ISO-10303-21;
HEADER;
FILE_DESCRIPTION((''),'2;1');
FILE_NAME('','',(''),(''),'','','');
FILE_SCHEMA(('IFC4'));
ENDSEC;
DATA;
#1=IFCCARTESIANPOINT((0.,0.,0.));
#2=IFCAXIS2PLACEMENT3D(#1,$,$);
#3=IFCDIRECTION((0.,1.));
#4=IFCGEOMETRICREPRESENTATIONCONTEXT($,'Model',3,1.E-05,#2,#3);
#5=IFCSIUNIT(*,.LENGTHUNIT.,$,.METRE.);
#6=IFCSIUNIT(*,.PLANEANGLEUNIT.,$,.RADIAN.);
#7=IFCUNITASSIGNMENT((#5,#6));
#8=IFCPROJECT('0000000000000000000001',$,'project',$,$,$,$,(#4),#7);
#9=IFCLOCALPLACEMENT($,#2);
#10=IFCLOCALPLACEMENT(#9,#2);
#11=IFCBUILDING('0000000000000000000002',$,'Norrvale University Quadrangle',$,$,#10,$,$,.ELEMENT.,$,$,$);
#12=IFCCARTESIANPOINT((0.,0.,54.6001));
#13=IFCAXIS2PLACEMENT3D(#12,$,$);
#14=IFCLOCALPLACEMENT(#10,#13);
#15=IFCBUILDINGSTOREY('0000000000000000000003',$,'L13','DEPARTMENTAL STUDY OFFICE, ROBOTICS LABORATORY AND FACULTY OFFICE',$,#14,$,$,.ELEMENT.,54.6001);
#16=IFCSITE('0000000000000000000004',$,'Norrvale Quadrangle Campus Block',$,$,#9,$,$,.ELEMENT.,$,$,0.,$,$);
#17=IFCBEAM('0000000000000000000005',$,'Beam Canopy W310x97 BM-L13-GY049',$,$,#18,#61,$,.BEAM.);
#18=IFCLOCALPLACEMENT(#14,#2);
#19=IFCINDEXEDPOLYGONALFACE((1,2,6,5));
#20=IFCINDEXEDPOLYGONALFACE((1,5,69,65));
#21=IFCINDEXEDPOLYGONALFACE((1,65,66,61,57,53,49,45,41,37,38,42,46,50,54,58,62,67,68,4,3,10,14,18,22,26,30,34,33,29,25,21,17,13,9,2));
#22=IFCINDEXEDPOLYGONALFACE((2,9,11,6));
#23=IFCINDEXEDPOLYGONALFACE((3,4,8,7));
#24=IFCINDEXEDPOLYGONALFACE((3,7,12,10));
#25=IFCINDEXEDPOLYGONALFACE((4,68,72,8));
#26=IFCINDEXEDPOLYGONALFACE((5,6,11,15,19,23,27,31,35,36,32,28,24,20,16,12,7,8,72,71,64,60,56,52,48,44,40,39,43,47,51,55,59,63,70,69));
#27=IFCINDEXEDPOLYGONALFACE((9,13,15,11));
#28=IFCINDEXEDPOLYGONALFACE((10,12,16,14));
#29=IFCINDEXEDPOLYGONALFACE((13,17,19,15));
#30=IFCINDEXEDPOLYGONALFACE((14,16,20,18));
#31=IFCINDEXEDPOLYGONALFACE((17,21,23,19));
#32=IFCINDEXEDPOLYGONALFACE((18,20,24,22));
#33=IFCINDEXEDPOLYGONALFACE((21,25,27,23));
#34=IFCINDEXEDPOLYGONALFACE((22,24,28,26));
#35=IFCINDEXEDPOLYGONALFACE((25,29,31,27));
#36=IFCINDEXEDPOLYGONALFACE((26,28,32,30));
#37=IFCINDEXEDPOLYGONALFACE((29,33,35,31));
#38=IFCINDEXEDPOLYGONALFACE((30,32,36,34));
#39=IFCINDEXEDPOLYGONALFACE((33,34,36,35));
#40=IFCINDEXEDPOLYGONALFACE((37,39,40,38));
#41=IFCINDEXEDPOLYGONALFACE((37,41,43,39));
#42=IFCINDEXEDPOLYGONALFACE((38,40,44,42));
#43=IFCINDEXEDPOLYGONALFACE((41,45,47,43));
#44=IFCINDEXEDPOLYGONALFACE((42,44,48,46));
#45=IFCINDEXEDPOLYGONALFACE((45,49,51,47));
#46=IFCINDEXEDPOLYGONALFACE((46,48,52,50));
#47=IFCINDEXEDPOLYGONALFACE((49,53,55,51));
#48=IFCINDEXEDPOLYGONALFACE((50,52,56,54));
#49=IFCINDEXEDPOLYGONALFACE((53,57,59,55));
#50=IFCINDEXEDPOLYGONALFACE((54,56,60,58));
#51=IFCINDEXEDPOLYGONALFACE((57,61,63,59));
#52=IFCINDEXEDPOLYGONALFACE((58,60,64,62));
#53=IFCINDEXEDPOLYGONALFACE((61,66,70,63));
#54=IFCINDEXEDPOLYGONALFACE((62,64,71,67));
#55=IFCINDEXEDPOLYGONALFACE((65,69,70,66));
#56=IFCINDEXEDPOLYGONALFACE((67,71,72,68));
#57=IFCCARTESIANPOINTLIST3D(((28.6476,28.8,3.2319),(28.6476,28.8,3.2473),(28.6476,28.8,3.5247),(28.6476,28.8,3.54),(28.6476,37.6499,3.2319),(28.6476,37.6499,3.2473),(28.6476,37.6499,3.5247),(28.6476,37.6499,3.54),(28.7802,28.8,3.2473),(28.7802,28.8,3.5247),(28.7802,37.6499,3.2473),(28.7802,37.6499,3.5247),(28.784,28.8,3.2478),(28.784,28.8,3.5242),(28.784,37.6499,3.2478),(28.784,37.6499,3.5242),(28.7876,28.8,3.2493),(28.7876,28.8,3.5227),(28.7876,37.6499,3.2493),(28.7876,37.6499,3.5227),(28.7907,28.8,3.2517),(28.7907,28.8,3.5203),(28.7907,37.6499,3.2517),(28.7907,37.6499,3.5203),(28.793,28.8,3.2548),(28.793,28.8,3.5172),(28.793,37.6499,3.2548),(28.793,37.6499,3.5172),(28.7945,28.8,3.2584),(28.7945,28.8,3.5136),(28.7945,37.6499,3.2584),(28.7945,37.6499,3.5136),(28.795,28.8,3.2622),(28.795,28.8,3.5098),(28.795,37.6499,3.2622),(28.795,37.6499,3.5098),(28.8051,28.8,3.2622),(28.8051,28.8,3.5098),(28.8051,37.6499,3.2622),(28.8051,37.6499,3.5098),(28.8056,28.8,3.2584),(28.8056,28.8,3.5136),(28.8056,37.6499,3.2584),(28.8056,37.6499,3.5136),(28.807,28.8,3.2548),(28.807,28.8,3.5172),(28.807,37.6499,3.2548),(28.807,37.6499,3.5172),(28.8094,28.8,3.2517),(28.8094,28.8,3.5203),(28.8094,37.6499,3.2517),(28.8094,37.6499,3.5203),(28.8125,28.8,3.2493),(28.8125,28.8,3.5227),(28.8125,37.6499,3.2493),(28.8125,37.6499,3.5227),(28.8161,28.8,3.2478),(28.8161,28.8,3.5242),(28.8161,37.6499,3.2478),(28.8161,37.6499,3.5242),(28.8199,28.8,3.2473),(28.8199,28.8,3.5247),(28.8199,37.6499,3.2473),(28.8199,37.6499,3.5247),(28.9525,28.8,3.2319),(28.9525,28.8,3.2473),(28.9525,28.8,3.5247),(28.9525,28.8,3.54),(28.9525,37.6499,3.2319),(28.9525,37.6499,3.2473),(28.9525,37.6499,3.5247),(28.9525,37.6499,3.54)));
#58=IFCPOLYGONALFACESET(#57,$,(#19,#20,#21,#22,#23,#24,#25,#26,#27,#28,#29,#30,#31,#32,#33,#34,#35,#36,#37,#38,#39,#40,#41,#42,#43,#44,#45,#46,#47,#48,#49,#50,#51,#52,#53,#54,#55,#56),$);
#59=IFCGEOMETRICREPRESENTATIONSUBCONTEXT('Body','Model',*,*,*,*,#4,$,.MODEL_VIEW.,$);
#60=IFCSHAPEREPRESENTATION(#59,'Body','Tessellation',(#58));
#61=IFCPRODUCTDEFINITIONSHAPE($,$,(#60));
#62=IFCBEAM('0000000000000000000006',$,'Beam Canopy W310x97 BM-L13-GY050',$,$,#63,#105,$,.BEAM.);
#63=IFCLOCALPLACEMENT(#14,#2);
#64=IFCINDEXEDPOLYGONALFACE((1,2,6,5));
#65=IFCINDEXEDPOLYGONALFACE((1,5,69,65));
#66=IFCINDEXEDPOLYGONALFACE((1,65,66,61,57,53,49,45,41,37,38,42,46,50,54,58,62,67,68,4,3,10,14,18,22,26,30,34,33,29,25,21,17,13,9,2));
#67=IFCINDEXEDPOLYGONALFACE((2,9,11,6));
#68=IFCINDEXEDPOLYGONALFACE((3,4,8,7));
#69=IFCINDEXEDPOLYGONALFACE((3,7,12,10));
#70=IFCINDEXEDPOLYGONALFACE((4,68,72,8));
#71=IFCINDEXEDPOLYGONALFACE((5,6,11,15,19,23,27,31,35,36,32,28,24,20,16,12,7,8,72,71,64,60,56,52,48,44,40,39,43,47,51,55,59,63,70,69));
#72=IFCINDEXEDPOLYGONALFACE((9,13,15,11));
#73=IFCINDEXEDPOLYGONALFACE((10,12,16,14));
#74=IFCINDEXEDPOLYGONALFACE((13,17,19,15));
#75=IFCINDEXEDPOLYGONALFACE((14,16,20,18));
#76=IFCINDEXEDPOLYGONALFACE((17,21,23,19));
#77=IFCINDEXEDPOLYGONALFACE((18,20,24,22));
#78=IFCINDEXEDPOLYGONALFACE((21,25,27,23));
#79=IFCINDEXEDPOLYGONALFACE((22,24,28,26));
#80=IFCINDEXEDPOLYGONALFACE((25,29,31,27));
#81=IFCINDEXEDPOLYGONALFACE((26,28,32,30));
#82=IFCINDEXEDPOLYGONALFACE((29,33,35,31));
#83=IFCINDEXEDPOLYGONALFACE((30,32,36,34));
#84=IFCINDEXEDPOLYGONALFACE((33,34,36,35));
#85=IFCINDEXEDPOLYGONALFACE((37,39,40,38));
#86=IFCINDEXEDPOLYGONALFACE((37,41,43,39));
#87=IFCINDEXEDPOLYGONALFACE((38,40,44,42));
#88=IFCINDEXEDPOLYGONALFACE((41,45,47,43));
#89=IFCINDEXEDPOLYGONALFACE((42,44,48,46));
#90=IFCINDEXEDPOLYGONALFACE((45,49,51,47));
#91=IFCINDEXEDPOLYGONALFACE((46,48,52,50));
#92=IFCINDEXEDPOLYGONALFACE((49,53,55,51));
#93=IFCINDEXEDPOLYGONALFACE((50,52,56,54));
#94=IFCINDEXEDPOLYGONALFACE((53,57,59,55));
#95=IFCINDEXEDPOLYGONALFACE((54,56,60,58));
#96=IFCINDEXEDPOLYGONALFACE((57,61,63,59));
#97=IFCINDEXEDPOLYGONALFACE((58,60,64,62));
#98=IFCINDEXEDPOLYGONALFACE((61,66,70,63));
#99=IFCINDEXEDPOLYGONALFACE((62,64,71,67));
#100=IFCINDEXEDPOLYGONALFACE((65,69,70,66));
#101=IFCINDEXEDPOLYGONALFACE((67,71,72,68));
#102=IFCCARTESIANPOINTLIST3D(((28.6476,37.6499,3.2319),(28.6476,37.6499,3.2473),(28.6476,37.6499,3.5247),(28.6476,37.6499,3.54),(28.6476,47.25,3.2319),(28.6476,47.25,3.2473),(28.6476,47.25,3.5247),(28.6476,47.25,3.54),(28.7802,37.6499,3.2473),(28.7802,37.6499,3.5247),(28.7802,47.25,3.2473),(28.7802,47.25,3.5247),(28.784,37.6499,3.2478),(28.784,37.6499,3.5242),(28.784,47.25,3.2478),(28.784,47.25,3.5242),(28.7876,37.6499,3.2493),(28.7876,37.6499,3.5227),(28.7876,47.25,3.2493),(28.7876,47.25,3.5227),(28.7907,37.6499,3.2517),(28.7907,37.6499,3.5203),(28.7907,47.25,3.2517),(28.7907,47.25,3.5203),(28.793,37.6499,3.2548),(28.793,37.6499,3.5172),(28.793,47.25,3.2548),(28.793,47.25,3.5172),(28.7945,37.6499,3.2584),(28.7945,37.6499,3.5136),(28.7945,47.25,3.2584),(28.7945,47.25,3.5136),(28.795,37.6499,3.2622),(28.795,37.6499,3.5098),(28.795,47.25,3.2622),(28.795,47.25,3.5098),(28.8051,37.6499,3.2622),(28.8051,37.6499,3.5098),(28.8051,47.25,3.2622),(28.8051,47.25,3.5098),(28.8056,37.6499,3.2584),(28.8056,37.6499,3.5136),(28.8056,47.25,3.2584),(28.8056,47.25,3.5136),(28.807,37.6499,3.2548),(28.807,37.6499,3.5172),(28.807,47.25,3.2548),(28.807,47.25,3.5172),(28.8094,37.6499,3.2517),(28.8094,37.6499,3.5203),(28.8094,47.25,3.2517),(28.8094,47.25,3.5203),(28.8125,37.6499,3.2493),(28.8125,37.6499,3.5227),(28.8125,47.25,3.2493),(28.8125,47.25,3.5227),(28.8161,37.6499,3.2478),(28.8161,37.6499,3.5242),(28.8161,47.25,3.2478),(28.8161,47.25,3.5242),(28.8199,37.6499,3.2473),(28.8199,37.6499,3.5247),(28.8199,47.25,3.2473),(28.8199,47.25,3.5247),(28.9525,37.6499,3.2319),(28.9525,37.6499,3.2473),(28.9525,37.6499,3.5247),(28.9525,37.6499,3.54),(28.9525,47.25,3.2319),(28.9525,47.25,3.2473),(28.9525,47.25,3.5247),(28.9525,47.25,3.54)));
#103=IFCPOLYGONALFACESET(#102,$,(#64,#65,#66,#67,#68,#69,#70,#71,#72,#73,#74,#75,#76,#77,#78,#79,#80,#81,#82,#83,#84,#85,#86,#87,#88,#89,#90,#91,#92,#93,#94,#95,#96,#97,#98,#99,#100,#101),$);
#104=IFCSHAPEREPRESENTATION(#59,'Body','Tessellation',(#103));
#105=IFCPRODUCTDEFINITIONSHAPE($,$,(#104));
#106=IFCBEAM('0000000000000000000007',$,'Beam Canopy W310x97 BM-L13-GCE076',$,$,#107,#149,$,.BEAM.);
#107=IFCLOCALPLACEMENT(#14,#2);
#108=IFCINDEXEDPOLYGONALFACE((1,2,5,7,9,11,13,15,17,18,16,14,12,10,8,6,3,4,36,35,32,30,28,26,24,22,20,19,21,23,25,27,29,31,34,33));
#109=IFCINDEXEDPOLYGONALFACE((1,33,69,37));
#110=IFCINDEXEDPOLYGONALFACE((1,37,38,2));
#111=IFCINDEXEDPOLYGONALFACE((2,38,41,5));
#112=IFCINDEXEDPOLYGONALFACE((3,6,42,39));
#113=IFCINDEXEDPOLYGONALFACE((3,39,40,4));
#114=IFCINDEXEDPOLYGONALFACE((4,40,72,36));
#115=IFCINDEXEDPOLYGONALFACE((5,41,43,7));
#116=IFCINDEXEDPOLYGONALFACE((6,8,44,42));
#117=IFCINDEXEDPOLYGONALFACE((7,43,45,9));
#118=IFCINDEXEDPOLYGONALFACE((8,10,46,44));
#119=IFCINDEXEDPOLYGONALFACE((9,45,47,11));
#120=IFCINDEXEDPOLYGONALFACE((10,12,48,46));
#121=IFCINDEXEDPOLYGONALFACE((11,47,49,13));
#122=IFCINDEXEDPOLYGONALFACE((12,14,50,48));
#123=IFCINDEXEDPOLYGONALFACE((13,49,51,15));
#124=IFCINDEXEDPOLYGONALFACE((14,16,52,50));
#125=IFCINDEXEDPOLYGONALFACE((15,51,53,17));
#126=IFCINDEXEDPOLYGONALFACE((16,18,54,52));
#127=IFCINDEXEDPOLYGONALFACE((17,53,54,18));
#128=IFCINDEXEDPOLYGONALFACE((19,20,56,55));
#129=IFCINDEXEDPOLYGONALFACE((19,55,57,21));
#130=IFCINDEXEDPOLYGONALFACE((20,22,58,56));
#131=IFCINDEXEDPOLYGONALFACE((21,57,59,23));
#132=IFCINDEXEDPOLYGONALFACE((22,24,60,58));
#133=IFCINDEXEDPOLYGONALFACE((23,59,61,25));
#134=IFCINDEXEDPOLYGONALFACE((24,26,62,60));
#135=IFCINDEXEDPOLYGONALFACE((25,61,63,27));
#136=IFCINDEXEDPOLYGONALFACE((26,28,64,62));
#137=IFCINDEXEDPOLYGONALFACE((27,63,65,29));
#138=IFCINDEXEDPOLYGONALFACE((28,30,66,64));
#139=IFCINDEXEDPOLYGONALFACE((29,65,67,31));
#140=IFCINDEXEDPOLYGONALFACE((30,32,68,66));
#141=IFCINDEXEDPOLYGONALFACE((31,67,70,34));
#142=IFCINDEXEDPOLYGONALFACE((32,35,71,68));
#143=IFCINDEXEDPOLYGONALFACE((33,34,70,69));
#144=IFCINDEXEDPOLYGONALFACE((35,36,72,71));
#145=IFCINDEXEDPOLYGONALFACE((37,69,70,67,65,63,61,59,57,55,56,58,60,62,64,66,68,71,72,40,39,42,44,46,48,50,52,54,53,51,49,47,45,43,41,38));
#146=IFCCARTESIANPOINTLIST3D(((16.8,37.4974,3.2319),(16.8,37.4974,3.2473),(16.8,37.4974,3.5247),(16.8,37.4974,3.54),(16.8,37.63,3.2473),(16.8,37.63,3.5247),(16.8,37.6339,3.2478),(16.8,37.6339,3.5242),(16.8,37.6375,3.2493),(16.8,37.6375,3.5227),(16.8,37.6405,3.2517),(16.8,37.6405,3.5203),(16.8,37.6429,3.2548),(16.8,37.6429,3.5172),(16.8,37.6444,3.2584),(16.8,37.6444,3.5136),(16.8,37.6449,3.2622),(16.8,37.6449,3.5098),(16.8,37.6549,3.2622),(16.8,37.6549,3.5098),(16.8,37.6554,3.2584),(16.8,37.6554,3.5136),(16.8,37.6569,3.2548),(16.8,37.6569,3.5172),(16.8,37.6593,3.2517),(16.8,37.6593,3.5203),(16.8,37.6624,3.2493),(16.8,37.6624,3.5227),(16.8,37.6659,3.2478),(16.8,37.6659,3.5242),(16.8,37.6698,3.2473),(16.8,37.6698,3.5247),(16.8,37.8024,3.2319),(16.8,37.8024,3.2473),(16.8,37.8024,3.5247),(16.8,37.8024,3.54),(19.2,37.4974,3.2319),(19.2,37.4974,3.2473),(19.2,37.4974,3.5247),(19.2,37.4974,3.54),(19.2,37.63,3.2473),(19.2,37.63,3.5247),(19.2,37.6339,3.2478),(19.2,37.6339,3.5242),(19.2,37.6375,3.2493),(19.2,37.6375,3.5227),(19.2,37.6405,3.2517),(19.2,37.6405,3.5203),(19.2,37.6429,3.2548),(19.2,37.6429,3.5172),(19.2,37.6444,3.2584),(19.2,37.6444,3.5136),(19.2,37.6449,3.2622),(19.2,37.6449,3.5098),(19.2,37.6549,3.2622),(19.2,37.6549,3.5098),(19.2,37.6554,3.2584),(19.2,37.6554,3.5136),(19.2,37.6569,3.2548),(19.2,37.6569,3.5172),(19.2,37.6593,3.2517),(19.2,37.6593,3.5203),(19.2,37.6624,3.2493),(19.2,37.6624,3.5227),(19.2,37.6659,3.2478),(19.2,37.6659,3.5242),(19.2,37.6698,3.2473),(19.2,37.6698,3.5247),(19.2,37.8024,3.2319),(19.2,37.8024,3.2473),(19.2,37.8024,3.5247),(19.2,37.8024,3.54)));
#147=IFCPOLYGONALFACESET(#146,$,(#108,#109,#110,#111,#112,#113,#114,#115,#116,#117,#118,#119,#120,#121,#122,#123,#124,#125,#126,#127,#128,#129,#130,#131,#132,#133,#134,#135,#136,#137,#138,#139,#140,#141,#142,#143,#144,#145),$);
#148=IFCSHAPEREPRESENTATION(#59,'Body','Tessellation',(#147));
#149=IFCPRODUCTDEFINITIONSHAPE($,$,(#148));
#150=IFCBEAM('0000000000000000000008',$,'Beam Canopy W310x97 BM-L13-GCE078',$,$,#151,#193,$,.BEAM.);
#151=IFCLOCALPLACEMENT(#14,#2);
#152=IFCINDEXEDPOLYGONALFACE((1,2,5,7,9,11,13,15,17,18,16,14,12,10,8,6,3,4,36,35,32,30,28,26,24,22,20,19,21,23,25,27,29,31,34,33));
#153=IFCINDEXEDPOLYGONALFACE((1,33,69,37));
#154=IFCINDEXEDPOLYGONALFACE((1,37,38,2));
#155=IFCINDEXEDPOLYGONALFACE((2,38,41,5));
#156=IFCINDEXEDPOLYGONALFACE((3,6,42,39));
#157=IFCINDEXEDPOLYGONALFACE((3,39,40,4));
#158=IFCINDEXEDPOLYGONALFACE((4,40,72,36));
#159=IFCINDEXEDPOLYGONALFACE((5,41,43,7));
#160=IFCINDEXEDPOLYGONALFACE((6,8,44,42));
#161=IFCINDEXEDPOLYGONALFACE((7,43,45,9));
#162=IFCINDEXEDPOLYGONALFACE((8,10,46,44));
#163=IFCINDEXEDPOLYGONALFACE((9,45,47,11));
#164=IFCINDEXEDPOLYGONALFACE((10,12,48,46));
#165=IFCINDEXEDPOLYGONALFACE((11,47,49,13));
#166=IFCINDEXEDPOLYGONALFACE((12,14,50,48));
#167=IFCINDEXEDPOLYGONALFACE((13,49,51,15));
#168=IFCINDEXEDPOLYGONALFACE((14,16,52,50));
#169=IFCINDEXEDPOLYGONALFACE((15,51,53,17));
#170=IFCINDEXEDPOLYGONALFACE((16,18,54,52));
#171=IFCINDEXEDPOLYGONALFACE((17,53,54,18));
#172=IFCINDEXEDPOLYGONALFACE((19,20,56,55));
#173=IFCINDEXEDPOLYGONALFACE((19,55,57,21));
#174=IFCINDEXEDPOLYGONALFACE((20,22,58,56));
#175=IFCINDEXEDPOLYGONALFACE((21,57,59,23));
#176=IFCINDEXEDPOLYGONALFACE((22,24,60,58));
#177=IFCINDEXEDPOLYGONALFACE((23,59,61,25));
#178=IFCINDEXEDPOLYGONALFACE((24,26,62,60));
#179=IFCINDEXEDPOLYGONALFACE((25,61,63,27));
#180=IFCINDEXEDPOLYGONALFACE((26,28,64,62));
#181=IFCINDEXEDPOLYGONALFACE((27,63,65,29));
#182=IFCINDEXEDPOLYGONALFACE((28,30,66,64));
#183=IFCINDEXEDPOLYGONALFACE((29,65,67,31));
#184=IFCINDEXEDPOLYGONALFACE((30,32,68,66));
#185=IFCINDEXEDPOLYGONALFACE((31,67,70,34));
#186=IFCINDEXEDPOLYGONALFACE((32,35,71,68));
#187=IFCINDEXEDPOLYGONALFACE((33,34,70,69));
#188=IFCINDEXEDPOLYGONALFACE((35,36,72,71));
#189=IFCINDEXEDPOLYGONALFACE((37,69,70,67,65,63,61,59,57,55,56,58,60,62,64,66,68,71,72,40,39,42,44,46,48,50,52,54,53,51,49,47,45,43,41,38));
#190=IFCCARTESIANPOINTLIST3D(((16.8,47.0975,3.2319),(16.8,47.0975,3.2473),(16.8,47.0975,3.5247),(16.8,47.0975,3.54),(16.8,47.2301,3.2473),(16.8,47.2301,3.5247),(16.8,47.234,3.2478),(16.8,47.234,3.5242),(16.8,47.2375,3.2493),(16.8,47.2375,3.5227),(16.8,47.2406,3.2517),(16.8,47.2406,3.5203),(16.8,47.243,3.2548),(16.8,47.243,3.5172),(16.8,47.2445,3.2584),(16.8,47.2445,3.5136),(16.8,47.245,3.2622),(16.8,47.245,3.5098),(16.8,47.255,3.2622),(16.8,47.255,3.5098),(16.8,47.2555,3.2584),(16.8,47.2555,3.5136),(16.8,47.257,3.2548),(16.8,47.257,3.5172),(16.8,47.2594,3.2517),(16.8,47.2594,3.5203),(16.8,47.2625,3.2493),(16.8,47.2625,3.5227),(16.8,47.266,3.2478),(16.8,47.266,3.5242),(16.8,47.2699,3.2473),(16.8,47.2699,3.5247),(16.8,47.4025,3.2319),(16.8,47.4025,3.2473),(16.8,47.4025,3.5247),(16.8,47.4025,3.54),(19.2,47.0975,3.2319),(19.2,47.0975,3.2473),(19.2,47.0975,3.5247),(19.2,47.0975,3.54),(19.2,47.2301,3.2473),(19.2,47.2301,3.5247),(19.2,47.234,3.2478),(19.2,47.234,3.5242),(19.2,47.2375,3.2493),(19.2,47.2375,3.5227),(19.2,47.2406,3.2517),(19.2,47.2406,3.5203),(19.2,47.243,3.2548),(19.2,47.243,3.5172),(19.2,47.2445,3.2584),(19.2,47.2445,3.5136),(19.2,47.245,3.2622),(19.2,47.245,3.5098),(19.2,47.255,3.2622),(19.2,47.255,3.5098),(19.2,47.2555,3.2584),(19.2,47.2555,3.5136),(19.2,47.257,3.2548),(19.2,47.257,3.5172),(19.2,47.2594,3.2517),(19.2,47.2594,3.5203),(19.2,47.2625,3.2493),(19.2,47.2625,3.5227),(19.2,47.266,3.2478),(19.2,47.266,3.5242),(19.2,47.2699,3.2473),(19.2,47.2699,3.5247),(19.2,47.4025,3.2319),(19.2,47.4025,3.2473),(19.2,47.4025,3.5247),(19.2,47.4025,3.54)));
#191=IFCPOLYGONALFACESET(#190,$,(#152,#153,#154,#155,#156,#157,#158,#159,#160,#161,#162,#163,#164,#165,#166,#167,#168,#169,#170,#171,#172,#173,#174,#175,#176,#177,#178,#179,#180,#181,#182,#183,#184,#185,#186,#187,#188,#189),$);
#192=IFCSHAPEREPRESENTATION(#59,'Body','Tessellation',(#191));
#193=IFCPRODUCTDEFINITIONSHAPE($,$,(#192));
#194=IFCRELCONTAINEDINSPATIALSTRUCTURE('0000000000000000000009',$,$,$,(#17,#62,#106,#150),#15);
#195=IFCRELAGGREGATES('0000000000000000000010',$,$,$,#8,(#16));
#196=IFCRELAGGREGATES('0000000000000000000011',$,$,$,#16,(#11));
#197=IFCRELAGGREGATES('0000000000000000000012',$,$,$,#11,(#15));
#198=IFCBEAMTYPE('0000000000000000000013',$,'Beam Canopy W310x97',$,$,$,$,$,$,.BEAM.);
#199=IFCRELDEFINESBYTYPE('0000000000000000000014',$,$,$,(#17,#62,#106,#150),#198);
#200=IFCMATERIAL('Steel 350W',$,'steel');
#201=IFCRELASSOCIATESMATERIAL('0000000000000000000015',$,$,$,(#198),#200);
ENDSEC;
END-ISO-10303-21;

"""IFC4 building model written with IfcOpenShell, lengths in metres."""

from ifc_helpers import new_model, si_unit, direction, frame, origin, origin_2d, place, context, subcontext, project, spatial, i_section, extrude, material, material_profile, profile_set, type_object, element, save


model = new_model("IFC4")

# Units and contexts
model_context = context("Model", 3, precision=1e-05, world=origin(), true_north=direction((0.0, 1.0)))
body_context = subcontext(model_context, "Body", "Model", "MODEL_VIEW")
ifc_project = project(units=[si_unit("LENGTHUNIT", "METRE"), si_unit("PLANEANGLEUNIT", "RADIAN")], contexts=[model_context])

# Site, building, storey
site_placement = place(None, origin())
site = spatial("IfcSite", under=ifc_project, at=site_placement, Name="Norrvale Quadrangle Campus Block", CompositionType="ELEMENT", RefElevation=0.0)
building_placement = place(site_placement, origin())
building = spatial("IfcBuilding", under=site, at=building_placement, Name="Norrvale University Quadrangle", CompositionType="ELEMENT")
storey_placement = place(building_placement, frame((0.0, 0.0, 54.6001)))
storey = spatial("IfcBuildingStorey", under=building, at=storey_placement, Name="L13", Description="DEPARTMENTAL STUDY OFFICE, ROBOTICS LABORATORY AND FACULTY OFFICE", CompositionType="ELEMENT", Elevation=54.6001)

# Beams
ifc_material_1 = material(Name="Steel 350W", Category="steel")
ifc_material_profile_1 = material_profile(ifc_material_1, i_section(OverallWidth=0.3049, OverallDepth=0.3081, WebThickness=0.01, FlangeThickness=0.0154, FilletRadius=0.0149, at=origin_2d()), Name="Steel 350W")
ifc_profile_set_1 = profile_set([ifc_material_profile_1], Name="Steel 350W")
beam_type_1 = type_object("IfcBeamType", Name="Beam Canopy W310x97", PredefinedType="BEAM", material=ifc_profile_set_1)
beam_1_placement = place(storey_placement, frame((28.8, 28.8, 3.386), z_axis=(0.0, 1.0, 0.0), x_axis=(-1.0, 0.0, 0.0)))
element("IfcBeam", 1, at=beam_1_placement, inside=storey, type_object=beam_type_1, Name="Beam Canopy W310x97 BM-L13-GY049", PredefinedType="BEAM", context=body_context, shape_type="SweptSolid", body=[
    extrude(i_section(OverallWidth=0.3049, OverallDepth=0.3081, WebThickness=0.01, FlangeThickness=0.0154, FilletRadius=0.0149, at=origin_2d()), origin(), (0.0, 0.0, 1.0), 8.8499),
])
beam_2_placement = place(storey_placement, frame((28.8, 37.6499, 3.386), z_axis=(0.0, 1.0, 0.0), x_axis=(-1.0, 0.0, 0.0)))
element("IfcBeam", 2, at=beam_2_placement, inside=storey, type_object=beam_type_1, Name="Beam Canopy W310x97 BM-L13-GY050", PredefinedType="BEAM", context=body_context, shape_type="SweptSolid", body=[
    extrude(i_section(OverallWidth=0.3049, OverallDepth=0.3081, WebThickness=0.01, FlangeThickness=0.0154, FilletRadius=0.0149, at=origin_2d()), origin(), (0.0, 0.0, 1.0), 9.6001),
])
for number, where, z_axis, x_axis, name in (
    (3, (16.8, 37.6499, 3.386), (1.0, 0.0, 0.0), (0.0, 1.0, 0.0), "Beam Canopy W310x97 BM-L13-GCE076"),
    (4, (16.8, 47.25, 3.386), (1.0, 0.0, 0.0), (0.0, 1.0, 0.0), "Beam Canopy W310x97 BM-L13-GCE078"),
):
    element("IfcBeam", number, at=place(storey_placement, frame(where, z_axis=z_axis, x_axis=x_axis)), inside=storey, type_object=beam_type_1, Name=name, PredefinedType="BEAM", context=body_context, shape_type="SweptSolid", body=[
        extrude(i_section(OverallWidth=0.3049, OverallDepth=0.3081, WebThickness=0.01, FlangeThickness=0.0154, FilletRadius=0.0149, at=origin_2d()), origin(), (0.0, 0.0, 1.0), 2.3999),
    ])

save(model, "model.ifc")
